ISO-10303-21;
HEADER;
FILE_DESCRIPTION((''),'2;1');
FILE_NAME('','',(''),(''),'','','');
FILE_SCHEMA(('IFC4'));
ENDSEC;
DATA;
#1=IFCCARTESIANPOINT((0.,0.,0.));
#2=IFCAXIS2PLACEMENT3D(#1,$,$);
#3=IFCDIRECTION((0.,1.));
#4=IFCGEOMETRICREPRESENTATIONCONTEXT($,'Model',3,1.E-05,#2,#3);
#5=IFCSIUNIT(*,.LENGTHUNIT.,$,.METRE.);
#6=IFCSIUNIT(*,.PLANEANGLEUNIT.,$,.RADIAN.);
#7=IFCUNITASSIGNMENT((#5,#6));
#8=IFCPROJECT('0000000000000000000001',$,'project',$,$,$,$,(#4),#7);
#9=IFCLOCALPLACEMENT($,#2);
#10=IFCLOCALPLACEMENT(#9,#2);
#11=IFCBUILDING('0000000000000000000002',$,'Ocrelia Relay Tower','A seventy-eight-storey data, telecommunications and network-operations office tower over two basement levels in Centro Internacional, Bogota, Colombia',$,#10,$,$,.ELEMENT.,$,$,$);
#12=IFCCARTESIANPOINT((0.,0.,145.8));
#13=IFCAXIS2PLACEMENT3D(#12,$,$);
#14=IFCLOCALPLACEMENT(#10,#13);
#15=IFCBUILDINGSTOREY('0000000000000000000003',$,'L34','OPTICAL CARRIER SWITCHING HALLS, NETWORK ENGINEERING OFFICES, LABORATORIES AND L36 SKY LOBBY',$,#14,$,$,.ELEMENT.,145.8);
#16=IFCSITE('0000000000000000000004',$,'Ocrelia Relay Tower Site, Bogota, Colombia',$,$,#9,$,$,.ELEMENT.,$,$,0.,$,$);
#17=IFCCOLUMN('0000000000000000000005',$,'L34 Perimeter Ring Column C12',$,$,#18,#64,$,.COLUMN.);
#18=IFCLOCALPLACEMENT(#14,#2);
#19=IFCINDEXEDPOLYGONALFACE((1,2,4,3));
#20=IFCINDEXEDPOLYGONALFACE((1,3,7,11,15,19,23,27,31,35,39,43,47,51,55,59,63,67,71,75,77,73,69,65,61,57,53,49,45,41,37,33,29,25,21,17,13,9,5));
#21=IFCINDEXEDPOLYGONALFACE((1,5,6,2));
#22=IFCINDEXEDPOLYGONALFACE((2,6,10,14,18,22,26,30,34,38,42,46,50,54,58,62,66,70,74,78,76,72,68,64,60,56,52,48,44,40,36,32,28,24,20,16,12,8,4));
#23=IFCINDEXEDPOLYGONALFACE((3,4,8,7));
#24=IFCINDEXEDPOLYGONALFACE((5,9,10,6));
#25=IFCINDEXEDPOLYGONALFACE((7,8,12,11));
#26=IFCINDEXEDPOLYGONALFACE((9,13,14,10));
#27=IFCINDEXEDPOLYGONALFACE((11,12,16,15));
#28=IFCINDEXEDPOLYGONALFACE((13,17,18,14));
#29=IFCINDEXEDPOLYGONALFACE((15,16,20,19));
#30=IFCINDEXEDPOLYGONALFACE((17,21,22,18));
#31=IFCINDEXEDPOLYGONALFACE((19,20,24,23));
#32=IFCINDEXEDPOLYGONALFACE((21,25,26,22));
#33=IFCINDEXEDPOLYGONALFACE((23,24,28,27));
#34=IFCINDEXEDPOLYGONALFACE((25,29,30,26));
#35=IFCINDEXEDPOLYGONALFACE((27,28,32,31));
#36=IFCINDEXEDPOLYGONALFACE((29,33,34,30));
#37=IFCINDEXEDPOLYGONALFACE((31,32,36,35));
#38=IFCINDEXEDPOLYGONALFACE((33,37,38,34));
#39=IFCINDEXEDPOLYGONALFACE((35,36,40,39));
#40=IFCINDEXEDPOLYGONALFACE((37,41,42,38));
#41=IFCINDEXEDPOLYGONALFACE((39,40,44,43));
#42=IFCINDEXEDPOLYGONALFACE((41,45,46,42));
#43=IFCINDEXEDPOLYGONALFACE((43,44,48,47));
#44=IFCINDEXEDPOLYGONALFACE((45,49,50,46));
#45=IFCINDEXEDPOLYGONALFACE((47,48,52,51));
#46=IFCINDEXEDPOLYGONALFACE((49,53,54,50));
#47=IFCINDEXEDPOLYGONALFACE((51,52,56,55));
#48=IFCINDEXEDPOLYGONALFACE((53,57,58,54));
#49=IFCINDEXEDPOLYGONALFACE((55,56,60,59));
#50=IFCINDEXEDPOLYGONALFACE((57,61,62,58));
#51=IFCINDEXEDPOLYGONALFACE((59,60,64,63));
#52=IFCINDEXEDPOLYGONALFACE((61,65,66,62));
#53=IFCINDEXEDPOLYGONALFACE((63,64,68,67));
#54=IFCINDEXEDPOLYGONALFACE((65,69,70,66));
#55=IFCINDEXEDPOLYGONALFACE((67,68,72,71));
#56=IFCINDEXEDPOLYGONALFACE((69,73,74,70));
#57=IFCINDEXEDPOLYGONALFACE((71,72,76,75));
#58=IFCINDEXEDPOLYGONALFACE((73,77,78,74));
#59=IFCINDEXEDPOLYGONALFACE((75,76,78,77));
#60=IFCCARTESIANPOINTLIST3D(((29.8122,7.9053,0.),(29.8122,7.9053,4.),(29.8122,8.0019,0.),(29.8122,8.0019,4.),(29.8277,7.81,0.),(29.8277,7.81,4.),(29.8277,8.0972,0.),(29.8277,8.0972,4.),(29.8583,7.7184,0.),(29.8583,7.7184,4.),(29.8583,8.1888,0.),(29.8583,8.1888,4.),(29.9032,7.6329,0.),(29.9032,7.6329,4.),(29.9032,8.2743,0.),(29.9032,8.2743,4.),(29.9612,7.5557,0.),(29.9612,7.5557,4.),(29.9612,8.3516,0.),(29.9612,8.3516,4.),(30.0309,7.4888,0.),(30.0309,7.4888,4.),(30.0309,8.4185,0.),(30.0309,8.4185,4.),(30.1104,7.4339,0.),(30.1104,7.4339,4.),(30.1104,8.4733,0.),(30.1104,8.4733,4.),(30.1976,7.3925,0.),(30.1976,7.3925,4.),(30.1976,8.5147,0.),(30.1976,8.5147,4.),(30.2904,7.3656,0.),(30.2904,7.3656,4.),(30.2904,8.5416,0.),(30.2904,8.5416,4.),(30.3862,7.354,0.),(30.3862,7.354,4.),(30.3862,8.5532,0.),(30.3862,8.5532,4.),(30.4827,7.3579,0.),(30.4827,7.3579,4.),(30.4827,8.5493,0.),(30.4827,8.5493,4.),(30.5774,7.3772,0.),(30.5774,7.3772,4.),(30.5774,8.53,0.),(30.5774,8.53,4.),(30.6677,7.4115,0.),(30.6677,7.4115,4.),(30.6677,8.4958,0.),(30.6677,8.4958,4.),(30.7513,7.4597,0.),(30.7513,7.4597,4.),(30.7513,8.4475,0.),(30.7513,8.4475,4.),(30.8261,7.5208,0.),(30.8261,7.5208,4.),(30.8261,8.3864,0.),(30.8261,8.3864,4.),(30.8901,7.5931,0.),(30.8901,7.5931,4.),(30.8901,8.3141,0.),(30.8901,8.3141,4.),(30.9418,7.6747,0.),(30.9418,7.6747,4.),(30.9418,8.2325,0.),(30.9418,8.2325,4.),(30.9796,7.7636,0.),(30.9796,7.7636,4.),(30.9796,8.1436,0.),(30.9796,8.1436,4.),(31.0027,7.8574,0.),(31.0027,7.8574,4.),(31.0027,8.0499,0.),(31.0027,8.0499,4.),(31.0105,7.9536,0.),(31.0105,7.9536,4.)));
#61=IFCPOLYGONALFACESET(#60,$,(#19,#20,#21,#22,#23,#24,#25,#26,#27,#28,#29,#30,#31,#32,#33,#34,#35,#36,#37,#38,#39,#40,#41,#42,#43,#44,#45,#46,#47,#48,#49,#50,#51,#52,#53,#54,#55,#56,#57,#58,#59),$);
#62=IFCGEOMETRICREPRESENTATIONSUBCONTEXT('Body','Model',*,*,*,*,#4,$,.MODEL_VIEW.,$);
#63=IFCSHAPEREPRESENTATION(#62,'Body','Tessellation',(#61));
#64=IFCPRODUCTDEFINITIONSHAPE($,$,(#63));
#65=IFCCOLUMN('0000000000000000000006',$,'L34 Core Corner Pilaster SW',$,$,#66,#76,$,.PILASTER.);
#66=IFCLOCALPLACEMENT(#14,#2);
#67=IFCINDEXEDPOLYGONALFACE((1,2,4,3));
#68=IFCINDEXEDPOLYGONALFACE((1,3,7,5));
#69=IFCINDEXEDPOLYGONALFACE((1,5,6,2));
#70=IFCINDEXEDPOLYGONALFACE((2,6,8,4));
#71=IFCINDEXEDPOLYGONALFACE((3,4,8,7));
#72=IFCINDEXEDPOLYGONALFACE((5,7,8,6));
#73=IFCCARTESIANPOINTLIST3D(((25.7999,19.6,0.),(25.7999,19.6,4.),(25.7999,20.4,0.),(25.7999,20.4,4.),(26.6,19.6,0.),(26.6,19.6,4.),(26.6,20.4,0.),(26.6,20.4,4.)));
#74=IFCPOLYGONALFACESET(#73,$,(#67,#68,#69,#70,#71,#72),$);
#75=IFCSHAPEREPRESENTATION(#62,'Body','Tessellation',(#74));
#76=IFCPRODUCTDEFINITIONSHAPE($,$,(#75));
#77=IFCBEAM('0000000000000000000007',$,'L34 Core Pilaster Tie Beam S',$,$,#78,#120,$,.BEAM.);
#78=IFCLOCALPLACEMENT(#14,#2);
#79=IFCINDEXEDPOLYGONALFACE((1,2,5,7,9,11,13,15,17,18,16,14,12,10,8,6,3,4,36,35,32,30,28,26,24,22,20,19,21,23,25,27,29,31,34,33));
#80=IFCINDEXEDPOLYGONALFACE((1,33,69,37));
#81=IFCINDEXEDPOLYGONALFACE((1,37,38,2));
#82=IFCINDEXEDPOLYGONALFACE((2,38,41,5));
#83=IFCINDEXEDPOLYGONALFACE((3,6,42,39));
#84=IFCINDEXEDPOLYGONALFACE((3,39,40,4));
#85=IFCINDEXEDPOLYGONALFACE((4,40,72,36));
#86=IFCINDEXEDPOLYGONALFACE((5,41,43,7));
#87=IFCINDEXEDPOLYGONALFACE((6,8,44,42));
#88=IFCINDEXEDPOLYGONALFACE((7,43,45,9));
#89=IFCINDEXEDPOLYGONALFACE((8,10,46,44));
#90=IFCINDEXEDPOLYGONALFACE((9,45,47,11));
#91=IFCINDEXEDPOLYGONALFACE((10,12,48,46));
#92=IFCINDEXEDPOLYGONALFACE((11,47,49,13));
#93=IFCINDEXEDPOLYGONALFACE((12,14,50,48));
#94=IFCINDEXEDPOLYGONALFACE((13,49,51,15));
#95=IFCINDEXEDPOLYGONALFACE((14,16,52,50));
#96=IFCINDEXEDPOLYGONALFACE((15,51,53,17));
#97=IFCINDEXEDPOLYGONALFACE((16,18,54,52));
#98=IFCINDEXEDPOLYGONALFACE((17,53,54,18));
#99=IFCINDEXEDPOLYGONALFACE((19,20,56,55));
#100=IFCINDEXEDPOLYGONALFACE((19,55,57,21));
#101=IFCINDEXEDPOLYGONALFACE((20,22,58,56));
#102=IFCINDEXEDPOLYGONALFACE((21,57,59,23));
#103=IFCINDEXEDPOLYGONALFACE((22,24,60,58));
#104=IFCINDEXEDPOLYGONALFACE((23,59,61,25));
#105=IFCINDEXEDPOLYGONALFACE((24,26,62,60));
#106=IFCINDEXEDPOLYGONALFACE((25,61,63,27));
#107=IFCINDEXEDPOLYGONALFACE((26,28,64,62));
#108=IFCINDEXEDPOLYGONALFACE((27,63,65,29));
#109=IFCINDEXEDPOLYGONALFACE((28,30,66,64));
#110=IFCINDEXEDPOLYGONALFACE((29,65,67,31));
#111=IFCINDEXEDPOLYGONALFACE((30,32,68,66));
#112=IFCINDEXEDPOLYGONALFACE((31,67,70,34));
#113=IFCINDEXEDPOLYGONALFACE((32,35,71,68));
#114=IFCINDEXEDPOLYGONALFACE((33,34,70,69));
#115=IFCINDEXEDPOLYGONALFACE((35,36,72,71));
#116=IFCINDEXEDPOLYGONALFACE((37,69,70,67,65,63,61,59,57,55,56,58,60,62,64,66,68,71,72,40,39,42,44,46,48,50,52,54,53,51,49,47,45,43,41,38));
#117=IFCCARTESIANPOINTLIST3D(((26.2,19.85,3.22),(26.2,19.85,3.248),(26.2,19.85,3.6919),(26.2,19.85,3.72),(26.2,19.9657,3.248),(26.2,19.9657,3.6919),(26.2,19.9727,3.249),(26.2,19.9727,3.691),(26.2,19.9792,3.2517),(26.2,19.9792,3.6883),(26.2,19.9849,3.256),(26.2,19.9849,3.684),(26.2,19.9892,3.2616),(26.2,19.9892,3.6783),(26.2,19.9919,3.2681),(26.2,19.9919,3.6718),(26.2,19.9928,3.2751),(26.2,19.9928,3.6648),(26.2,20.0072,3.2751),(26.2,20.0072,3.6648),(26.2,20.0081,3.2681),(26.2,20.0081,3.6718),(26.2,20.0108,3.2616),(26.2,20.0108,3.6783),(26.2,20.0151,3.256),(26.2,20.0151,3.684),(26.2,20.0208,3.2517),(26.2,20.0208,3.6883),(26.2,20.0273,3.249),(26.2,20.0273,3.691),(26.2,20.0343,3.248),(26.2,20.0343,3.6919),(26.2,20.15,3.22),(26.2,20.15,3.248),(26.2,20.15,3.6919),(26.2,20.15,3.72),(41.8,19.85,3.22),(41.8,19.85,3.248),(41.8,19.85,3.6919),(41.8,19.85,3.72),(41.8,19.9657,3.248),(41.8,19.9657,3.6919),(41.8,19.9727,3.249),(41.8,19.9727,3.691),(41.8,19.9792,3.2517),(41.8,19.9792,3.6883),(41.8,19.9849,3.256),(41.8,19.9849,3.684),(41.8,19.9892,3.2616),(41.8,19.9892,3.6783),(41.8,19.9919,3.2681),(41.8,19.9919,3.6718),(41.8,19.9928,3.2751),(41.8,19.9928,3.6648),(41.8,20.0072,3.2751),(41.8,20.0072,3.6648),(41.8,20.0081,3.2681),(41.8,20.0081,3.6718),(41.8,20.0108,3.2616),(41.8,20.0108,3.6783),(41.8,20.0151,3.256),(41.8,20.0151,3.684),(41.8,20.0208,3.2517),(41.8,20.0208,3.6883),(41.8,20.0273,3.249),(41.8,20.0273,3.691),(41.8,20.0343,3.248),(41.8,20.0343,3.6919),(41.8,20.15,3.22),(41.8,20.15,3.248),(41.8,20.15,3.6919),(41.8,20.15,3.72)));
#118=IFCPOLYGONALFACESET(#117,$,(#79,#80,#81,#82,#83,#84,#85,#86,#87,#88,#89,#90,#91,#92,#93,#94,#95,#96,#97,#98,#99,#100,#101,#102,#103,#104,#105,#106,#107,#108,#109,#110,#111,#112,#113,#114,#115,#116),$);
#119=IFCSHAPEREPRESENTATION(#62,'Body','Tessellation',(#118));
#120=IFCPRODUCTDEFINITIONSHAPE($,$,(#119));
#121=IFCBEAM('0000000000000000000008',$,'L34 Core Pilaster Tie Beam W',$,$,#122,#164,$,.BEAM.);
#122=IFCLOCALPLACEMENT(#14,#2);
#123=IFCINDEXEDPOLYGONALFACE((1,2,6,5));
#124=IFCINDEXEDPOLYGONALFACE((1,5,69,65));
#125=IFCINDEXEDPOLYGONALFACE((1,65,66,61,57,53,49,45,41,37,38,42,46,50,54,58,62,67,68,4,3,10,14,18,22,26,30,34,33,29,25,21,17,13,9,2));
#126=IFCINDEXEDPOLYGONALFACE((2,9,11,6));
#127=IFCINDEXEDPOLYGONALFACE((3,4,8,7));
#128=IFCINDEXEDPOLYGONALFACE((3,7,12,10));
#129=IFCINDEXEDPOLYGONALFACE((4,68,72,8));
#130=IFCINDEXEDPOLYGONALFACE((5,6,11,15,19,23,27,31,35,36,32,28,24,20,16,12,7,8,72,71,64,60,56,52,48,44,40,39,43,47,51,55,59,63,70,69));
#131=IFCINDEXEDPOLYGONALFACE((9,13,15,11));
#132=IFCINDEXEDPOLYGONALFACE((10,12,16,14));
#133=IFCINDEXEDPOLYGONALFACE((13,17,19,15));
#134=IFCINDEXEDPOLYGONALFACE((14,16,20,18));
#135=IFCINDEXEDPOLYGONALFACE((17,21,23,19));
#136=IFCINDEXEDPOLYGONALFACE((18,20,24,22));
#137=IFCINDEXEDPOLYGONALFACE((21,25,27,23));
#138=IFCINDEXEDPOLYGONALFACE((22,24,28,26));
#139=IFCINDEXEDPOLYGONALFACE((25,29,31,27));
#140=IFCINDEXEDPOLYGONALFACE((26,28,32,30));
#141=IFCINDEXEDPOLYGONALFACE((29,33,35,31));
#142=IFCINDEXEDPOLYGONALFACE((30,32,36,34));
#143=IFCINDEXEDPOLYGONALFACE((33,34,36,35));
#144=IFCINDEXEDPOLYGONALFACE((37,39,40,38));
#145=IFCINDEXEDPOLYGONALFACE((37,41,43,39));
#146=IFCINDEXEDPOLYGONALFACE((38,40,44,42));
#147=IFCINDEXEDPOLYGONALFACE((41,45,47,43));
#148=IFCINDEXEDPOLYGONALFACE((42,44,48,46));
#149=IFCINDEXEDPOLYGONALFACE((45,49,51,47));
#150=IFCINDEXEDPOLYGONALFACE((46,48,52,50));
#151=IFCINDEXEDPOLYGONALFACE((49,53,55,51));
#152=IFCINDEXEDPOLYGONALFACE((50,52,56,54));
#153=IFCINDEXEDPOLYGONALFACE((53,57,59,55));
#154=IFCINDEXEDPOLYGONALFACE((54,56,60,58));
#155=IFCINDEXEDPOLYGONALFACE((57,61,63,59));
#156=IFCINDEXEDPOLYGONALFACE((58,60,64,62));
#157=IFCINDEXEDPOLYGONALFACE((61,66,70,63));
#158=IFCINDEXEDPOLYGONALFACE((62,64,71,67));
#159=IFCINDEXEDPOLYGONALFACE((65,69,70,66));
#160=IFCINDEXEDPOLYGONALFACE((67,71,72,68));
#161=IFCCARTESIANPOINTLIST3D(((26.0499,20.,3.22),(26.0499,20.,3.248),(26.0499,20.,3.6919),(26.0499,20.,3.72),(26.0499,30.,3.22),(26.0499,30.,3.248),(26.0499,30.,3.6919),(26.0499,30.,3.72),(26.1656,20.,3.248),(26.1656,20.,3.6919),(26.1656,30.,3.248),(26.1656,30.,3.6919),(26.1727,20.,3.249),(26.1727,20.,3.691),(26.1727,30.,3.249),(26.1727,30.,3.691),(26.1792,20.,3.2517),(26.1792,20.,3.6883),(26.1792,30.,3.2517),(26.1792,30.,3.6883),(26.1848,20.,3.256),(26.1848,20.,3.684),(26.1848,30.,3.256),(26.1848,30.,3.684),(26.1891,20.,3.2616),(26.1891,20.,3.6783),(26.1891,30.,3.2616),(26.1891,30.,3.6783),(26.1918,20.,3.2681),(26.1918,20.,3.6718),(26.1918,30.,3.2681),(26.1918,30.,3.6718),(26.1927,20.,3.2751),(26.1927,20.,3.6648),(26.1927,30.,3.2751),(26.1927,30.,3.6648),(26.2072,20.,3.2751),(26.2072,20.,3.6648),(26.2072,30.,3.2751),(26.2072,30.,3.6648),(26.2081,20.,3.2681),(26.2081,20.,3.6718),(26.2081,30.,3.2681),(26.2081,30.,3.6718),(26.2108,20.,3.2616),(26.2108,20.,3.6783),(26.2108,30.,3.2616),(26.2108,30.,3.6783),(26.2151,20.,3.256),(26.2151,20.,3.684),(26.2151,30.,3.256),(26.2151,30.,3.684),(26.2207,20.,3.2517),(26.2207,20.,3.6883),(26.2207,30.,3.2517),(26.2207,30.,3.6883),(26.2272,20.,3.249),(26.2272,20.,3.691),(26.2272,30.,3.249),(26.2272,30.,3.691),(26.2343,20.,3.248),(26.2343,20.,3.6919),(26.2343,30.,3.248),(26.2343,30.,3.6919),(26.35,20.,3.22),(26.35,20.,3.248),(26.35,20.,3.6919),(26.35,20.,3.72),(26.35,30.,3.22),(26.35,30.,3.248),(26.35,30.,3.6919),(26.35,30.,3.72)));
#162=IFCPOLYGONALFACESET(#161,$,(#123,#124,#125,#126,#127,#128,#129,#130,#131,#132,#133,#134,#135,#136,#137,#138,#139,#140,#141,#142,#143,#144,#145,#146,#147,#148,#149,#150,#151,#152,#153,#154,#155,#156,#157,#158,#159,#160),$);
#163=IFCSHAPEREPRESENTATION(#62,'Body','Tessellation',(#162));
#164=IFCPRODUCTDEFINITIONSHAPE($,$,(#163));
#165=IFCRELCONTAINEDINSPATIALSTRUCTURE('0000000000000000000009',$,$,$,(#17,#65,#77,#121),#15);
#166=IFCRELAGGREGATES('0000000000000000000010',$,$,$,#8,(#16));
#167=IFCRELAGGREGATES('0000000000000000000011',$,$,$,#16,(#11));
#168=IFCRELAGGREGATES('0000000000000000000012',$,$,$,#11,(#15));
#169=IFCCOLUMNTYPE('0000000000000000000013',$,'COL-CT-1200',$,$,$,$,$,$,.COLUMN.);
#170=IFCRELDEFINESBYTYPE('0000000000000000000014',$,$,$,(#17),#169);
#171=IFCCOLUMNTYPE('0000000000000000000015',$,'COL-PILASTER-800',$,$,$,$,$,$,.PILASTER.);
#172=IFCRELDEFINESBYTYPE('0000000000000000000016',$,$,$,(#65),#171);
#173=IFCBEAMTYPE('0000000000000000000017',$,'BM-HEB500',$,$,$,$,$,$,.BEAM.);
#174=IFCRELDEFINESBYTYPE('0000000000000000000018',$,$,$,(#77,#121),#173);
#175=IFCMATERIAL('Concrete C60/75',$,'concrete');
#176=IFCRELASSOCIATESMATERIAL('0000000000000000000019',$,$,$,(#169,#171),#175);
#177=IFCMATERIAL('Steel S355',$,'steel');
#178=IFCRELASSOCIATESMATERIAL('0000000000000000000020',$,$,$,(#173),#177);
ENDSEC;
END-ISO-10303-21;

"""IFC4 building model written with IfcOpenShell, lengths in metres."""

from ifc_helpers import new_model, si_unit, direction, frame, origin, origin_2d, place, context, subcontext, project, spatial, rectangle, circle, i_section, extrude, material, material_profile, profile_set, type_object, element, save


model = new_model("IFC4")

# Units and contexts
model_context = context("Model", 3, precision=1e-05, world=origin(), true_north=direction((0.0, 1.0)))
body_context = subcontext(model_context, "Body", "Model", "MODEL_VIEW")
ifc_project = project(units=[si_unit("LENGTHUNIT", "METRE"), si_unit("PLANEANGLEUNIT", "RADIAN")], contexts=[model_context])

# Site, building, storey
site_placement = place(None, origin())
site = spatial("IfcSite", under=ifc_project, at=site_placement, Name="Ocrelia Relay Tower Site, Bogota, Colombia", CompositionType="ELEMENT", RefElevation=0.0)
building_placement = place(site_placement, origin())
building = spatial("IfcBuilding", under=site, at=building_placement, Name="Ocrelia Relay Tower", Description="A seventy-eight-storey data, telecommunications and network-operations office tower over two basement levels in Centro Internacional, Bogota, Colombia", CompositionType="ELEMENT")
storey_placement = place(building_placement, frame((0.0, 0.0, 145.8)))
storey = spatial("IfcBuildingStorey", under=building, at=storey_placement, Name="L34", Description="OPTICAL CARRIER SWITCHING HALLS, NETWORK ENGINEERING OFFICES, LABORATORIES AND L36 SKY LOBBY", CompositionType="ELEMENT", Elevation=145.8)

# Columns
ifc_material_1 = material(Name="Concrete C60/75", Category="concrete")
ifc_material_profile_1 = material_profile(ifc_material_1, circle(Radius=0.6001, at=origin_2d()), Name="RC-CIR-1200")
ifc_profile_set_1 = profile_set([ifc_material_profile_1], Name="Concrete C60/75")
column_type_1 = type_object("IfcColumnType", Name="COL-CT-1200", PredefinedType="COLUMN", material=ifc_profile_set_1)
column_1_placement = place(storey_placement, frame((30.4104, 7.9536, 0.0), z_axis=(0.0, 0.0, 1.0), x_axis=(1.0, 0.0, 0.0)))
element("IfcColumn", 1, at=column_1_placement, inside=storey, type_object=column_type_1, Name="L34 Perimeter Ring Column C12", PredefinedType="COLUMN", context=body_context, shape_type="SweptSolid", body=[
    extrude(circle(Radius=0.6001, at=origin_2d()), origin(), (0.0, 0.0, 1.0), 4.0),
])
ifc_material_profile_2 = material_profile(ifc_material_1, rectangle(XDim=0.8, YDim=0.8, at=origin_2d()), Name="RC-COL-800x800")
ifc_profile_set_2 = profile_set([ifc_material_profile_2], Name="Concrete C60/75")
column_type_2 = type_object("IfcColumnType", Name="COL-PILASTER-800", PredefinedType="PILASTER", material=ifc_profile_set_2)
column_2_placement = place(storey_placement, frame((26.2, 20.0, 0.0), z_axis=(0.0, 0.0, 1.0), x_axis=(1.0, 0.0, 0.0)))
element("IfcColumn", 2, at=column_2_placement, inside=storey, type_object=column_type_2, Name="L34 Core Corner Pilaster SW", PredefinedType="PILASTER", context=body_context, shape_type="SweptSolid", body=[
    extrude(rectangle(XDim=0.8, YDim=0.8, at=origin_2d()), origin(), (0.0, 0.0, 1.0), 4.0),
])

# Beams
ifc_material_2 = material(Name="Steel S355", Category="steel")
ifc_material_profile_3 = material_profile(ifc_material_2, i_section(OverallWidth=0.3, OverallDepth=0.5, WebThickness=0.0144, FlangeThickness=0.0281, FilletRadius=0.0271, at=origin_2d()), Name="HEB 500")
ifc_profile_set_3 = profile_set([ifc_material_profile_3], Name="Steel S355")
beam_type_1 = type_object("IfcBeamType", Name="BM-HEB500", PredefinedType="BEAM", material=ifc_profile_set_3)
beam_1_placement = place(storey_placement, frame((26.2, 20.0, 3.47), z_axis=(1.0, 0.0, 0.0), x_axis=(0.0, 1.0, 0.0)))
element("IfcBeam", 3, at=beam_1_placement, inside=storey, type_object=beam_type_1, Name="L34 Core Pilaster Tie Beam S", PredefinedType="BEAM", context=body_context, shape_type="SweptSolid", body=[
    extrude(i_section(OverallWidth=0.3, OverallDepth=0.5, WebThickness=0.0144, FlangeThickness=0.0281, FilletRadius=0.0271, at=origin_2d()), origin(), (0.0, 0.0, 1.0), 15.6001),
])
beam_2_placement = place(storey_placement, frame((26.2, 20.0, 3.47), z_axis=(0.0, 1.0, 0.0), x_axis=(-1.0, 0.0, 0.0)))
element("IfcBeam", 4, at=beam_2_placement, inside=storey, type_object=beam_type_1, Name="L34 Core Pilaster Tie Beam W", PredefinedType="BEAM", context=body_context, shape_type="SweptSolid", body=[
    extrude(i_section(OverallWidth=0.3, OverallDepth=0.5, WebThickness=0.0144, FlangeThickness=0.0281, FilletRadius=0.0271, at=origin_2d()), origin(), (0.0, 0.0, 1.0), 10.0),
])

save(model, "model.ifc")
